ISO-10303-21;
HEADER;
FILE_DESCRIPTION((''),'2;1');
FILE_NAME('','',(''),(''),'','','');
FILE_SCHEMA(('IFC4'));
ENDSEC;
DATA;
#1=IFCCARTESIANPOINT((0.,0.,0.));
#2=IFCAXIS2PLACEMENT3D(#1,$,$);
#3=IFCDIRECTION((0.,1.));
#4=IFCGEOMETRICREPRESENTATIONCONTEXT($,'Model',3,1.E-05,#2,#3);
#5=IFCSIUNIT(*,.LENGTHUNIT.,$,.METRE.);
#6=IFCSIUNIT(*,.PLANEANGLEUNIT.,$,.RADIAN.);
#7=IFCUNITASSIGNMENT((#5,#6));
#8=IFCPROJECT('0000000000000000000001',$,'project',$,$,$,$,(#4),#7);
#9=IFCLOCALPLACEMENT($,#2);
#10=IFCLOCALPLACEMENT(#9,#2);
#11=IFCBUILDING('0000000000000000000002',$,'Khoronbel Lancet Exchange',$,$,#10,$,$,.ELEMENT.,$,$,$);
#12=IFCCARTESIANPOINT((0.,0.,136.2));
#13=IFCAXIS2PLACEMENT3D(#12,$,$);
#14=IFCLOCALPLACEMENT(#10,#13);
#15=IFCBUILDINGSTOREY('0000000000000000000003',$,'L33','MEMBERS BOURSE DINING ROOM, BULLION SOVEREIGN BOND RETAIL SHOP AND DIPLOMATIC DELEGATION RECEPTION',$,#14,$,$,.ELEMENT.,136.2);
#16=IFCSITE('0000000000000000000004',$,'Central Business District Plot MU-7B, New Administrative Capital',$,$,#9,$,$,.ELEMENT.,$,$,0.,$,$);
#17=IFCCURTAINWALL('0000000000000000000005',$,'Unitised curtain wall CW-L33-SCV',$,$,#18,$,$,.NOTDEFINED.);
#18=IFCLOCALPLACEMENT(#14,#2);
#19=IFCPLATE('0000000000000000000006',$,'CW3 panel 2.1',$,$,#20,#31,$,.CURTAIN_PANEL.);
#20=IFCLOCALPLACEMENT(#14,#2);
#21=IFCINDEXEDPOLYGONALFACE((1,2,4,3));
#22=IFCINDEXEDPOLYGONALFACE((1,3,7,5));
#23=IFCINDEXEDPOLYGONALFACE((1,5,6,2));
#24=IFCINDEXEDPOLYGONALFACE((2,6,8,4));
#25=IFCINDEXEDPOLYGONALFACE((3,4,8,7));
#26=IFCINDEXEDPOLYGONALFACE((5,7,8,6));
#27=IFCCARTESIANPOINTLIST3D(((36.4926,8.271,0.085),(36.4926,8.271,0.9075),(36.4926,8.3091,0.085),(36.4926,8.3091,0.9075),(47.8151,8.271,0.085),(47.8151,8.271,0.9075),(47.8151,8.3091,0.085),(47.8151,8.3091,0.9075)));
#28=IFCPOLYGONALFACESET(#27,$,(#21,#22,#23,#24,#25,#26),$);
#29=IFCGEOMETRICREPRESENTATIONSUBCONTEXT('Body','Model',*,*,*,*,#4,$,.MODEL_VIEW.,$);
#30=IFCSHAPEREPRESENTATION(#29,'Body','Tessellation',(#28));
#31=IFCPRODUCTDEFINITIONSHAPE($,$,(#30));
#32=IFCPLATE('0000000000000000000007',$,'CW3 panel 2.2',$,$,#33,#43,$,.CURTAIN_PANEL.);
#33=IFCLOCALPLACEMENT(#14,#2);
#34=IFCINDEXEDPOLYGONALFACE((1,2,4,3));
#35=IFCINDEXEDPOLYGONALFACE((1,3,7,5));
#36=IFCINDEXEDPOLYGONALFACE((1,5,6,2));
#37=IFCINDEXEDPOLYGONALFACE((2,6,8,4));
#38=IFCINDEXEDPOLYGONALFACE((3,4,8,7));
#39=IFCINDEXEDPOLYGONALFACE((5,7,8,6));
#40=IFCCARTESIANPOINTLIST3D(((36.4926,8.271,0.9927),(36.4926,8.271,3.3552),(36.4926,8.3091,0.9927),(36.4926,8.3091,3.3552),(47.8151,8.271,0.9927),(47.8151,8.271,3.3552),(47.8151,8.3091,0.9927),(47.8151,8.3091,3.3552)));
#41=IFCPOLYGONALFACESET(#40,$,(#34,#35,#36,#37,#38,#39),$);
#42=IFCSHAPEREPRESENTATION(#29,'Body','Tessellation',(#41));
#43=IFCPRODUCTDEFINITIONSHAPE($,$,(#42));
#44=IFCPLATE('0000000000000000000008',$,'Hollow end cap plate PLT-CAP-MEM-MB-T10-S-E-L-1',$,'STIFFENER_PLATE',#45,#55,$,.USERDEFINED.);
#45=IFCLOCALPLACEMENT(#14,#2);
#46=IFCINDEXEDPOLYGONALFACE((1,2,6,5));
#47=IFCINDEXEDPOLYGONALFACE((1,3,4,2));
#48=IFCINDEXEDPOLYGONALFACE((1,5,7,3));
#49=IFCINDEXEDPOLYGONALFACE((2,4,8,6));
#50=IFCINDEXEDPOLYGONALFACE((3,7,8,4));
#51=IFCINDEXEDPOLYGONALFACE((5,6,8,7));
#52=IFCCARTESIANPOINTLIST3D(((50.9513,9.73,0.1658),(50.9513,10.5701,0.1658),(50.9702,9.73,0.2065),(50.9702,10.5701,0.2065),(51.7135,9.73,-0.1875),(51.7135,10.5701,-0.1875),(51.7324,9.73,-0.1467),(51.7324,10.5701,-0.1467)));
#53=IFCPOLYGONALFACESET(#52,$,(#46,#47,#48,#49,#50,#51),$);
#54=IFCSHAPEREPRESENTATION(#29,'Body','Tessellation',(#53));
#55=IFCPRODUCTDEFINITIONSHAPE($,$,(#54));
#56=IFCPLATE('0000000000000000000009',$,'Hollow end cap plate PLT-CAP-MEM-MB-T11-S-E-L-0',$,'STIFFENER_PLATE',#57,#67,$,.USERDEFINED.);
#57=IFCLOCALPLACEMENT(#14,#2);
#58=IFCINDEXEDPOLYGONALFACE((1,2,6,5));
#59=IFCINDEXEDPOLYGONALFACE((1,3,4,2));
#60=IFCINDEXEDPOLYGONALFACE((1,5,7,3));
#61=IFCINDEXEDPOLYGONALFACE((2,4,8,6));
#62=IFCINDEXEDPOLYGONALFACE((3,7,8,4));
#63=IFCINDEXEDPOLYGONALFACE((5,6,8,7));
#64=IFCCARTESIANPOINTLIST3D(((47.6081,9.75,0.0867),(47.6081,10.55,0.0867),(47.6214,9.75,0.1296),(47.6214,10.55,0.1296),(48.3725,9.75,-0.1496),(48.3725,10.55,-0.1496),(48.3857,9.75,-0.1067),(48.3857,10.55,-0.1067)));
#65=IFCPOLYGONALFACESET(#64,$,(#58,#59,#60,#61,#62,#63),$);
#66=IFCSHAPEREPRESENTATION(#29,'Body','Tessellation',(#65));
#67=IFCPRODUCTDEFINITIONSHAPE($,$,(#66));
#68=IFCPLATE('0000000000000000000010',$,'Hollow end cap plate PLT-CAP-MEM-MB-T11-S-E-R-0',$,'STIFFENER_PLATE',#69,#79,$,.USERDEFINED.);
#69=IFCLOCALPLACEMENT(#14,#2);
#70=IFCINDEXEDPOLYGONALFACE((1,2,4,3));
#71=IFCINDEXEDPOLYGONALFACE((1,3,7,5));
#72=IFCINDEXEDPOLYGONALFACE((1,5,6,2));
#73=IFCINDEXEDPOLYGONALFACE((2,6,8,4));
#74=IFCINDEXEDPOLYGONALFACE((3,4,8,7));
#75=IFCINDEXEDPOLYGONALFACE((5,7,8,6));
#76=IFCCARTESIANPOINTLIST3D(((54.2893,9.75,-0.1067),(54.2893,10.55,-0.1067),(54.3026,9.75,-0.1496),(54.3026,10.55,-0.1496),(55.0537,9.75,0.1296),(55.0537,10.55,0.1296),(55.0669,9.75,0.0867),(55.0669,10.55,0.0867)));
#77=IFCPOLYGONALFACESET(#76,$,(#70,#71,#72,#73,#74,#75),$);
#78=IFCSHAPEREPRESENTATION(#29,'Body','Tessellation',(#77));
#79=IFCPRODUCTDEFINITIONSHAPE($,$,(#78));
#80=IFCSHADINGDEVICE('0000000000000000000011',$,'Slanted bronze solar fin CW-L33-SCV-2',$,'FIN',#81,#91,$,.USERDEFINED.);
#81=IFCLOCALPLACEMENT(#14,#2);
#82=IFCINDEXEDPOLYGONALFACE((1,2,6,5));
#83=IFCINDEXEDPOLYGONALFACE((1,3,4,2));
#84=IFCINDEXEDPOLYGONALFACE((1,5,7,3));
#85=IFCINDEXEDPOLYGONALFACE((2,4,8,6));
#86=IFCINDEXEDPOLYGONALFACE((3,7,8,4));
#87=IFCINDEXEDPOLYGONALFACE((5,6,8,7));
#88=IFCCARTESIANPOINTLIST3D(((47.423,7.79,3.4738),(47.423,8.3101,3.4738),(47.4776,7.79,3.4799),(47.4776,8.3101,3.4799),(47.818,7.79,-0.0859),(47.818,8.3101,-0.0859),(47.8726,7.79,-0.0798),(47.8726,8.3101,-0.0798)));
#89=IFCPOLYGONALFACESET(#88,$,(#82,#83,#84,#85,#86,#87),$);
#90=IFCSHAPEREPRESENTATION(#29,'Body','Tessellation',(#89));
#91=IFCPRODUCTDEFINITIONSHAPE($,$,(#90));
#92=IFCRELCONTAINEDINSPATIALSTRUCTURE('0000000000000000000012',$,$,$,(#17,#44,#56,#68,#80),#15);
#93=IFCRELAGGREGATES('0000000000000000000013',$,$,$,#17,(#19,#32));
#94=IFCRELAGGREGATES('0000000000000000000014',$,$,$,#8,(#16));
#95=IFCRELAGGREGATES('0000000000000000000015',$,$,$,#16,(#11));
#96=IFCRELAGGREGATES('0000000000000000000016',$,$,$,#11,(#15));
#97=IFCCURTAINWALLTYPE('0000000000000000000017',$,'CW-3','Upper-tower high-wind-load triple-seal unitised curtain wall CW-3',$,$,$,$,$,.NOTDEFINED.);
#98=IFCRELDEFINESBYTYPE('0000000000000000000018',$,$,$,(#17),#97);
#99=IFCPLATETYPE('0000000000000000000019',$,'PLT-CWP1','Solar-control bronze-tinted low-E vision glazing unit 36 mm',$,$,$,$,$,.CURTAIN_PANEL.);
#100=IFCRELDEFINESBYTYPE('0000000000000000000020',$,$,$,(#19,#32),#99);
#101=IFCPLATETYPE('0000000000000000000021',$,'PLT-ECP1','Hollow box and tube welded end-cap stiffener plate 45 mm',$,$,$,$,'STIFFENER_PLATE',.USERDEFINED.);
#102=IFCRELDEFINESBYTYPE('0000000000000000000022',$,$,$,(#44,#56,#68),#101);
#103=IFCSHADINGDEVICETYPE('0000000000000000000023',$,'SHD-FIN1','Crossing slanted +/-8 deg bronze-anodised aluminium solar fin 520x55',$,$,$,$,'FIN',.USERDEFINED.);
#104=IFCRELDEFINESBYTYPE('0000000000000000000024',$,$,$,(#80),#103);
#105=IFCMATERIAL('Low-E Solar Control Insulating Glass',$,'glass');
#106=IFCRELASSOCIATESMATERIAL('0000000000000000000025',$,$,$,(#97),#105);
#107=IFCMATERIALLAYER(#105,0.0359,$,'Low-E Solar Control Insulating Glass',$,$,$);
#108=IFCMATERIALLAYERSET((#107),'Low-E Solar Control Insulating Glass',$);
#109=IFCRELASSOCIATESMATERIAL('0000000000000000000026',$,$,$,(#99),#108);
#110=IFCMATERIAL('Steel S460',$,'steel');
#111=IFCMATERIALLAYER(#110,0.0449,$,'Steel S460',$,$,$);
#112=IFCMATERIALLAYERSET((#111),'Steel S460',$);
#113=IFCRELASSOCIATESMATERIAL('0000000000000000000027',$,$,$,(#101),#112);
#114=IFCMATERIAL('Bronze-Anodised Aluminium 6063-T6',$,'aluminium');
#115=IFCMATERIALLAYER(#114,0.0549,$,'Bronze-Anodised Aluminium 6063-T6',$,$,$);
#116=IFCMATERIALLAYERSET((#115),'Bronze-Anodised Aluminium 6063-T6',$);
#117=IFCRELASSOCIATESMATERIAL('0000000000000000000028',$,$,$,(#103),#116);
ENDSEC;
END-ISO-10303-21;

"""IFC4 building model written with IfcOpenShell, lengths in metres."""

from ifc_helpers import new_model, si_unit, direction, frame, origin, origin_2d, place, context, subcontext, project, spatial, polyline, rectangle, outline, extrude, material, layer, layer_set, type_object, element, aggregate, save


model = new_model("IFC4")

# Units and contexts
model_context = context("Model", 3, precision=1e-05, world=origin(), true_north=direction((0.0, 1.0)))
body_context = subcontext(model_context, "Body", "Model", "MODEL_VIEW")
ifc_project = project(units=[si_unit("LENGTHUNIT", "METRE"), si_unit("PLANEANGLEUNIT", "RADIAN")], contexts=[model_context])

# Site, building, storey
site_placement = place(None, origin())
site = spatial("IfcSite", under=ifc_project, at=site_placement, Name="Central Business District Plot MU-7B, New Administrative Capital", CompositionType="ELEMENT", RefElevation=0.0)
building_placement = place(site_placement, origin())
building = spatial("IfcBuilding", under=site, at=building_placement, Name="Khoronbel Lancet Exchange", CompositionType="ELEMENT")
storey_placement = place(building_placement, frame((0.0, 0.0, 136.2)))
storey = spatial("IfcBuildingStorey", under=building, at=storey_placement, Name="L33", Description="MEMBERS BOURSE DINING ROOM, BULLION SOVEREIGN BOND RETAIL SHOP AND DIPLOMATIC DELEGATION RECEPTION", CompositionType="ELEMENT", Elevation=136.2)

# Shared definitions
ifc_material_1 = material(Name="Steel S460", Category="steel")

# Curtain wall
ifc_material_2 = material(Name="Low-E Solar Control Insulating Glass", Category="glass")
curtain_wall_type = type_object("IfcCurtainWallType", Name="CW-3", Description="Upper-tower high-wind-load triple-seal unitised curtain wall CW-3", PredefinedType="NOTDEFINED", material=ifc_material_2)
curtain_wall_1_placement = place(storey_placement, origin())
curtain_wall_1 = element("IfcCurtainWall", 1, at=curtain_wall_1_placement, inside=storey, type_object=curtain_wall_type, Name="Unitised curtain wall CW-L33-SCV", PredefinedType="NOTDEFINED")
ifc_material_3 = material(Name="Bronze-Anodised Aluminium 6063-T6", Category="aluminium")

# Plates
ifc_layer_1 = layer(ifc_material_2, 0.0359, Name="Low-E Solar Control Insulating Glass")
ifc_layer_set_1 = layer_set([ifc_layer_1], Name="Low-E Solar Control Insulating Glass")
plate_type_1 = type_object("IfcPlateType", Name="PLT-CWP1", Description="Solar-control bronze-tinted low-E vision glazing unit 36 mm", PredefinedType="CURTAIN_PANEL", material=ifc_layer_set_1)
plate_1_placement = place(storey_placement, frame((42.1538, 8.29, 0.085), z_axis=(0.0, 0.0, 1.0), x_axis=(1.0, 0.0, 0.0)))
plate_1 = element("IfcPlate", 2, at=plate_1_placement, type_object=plate_type_1, Name="CW3 panel 2.1", PredefinedType="CURTAIN_PANEL", context=body_context, shape_type="SweptSolid", body=[
    extrude(rectangle(XDim=11.3225, YDim=0.0381, at=origin_2d()), origin(), (0.0, 0.0, 1.0), 0.8225),
])
plate_2_placement = place(storey_placement, frame((42.1538, 8.29, 0.9927), z_axis=(0.0, 0.0, 1.0), x_axis=(1.0, 0.0, 0.0)))
plate_2 = element("IfcPlate", 3, at=plate_2_placement, type_object=plate_type_1, Name="CW3 panel 2.2", PredefinedType="CURTAIN_PANEL", context=body_context, shape_type="SweptSolid", body=[
    extrude(rectangle(XDim=11.3225, YDim=0.0381, at=origin_2d()), origin(), (0.0, 0.0, 1.0), 2.3625),
])
aggregate(curtain_wall_1, [plate_1, plate_2])

# Plates
ifc_layer_2 = layer(ifc_material_1, 0.0449, Name="Steel S460")
ifc_layer_set_2 = layer_set([ifc_layer_2], Name="Steel S460")
plate_type_2 = type_object("IfcPlateType", Name="PLT-ECP1", Description="Hollow box and tube welded end-cap stiffener plate 45 mm", ElementType="STIFFENER_PLATE", PredefinedType="USERDEFINED", material=ifc_layer_set_2)
plate_3_placement = place(storey_placement, frame((51.7324, 9.73, -0.1467), z_axis=(0.420514, 0.0, 0.907286), x_axis=(0.0, 1.0, 0.0)))
element("IfcPlate", 4, at=plate_3_placement, inside=storey, type_object=plate_type_2, Name="Hollow end cap plate PLT-CAP-MEM-MB-T10-S-E-L-1", ObjectType="STIFFENER_PLATE", PredefinedType="USERDEFINED", context=body_context, shape_type="SweptSolid", body=[
    extrude(outline(polyline([(0.0, 0.0), (0.8401, 0.0), (0.8401, 0.8401), (0.0, 0.8401), (0.0, 0.0)])), origin(), (0.0, 0.0, -1.0), 0.0449),
])
for number, where, z_axis, x_axis, name in (
    (5, (48.3857, 9.75, -0.1067), (0.295372, 0.0, 0.955382), (0.0, 1.0, 0.0), "Hollow end cap plate PLT-CAP-MEM-MB-T11-S-E-L-0"),
    (6, (54.2893, 10.55, -0.1067), (-0.295372, 0.0, 0.955382), (0.0, -1.0, 0.0), "Hollow end cap plate PLT-CAP-MEM-MB-T11-S-E-R-0"),
):
    element("IfcPlate", number, at=place(storey_placement, frame(where, z_axis=z_axis, x_axis=x_axis)), inside=storey, type_object=plate_type_2, Name=name, ObjectType="STIFFENER_PLATE", PredefinedType="USERDEFINED", context=body_context, shape_type="SweptSolid", body=[
        extrude(outline(polyline([(0.0, 0.0), (0.8, 0.0), (0.8, 0.8), (0.0, 0.8), (0.0, 0.0)])), origin(), (0.0, 0.0, -1.0), 0.0449),
    ])

# Shading device
ifc_layer_3 = layer(ifc_material_3, 0.0549, Name="Bronze-Anodised Aluminium 6063-T6")
ifc_layer_set_3 = layer_set([ifc_layer_3], Name="Bronze-Anodised Aluminium 6063-T6")
shading_device_type = type_object("IfcShadingDeviceType", Name="SHD-FIN1", Description="Crossing slanted +/-8 deg bronze-anodised aluminium solar fin 520x55", ElementType="FIN", PredefinedType="USERDEFINED", material=ifc_layer_set_3)
shading_device_placement = place(storey_placement, frame((47.8726, 8.3101, -0.0798), z_axis=(0.9939, 0.0, 0.110289), x_axis=(0.0, -1.0, 0.0)))
element("IfcShadingDevice", 7, at=shading_device_placement, inside=storey, type_object=shading_device_type, Name="Slanted bronze solar fin CW-L33-SCV-2", ObjectType="FIN", PredefinedType="USERDEFINED", context=body_context, shape_type="SweptSolid", body=[
    extrude(outline(polyline([(0.0, 0.0), (0.52, 0.0), (0.52, -3.5815), (0.0, -3.5815), (0.0, 0.0)])), origin(), (0.0, 0.0, -1.0), 0.0549),
])

save(model, "model.ifc")
